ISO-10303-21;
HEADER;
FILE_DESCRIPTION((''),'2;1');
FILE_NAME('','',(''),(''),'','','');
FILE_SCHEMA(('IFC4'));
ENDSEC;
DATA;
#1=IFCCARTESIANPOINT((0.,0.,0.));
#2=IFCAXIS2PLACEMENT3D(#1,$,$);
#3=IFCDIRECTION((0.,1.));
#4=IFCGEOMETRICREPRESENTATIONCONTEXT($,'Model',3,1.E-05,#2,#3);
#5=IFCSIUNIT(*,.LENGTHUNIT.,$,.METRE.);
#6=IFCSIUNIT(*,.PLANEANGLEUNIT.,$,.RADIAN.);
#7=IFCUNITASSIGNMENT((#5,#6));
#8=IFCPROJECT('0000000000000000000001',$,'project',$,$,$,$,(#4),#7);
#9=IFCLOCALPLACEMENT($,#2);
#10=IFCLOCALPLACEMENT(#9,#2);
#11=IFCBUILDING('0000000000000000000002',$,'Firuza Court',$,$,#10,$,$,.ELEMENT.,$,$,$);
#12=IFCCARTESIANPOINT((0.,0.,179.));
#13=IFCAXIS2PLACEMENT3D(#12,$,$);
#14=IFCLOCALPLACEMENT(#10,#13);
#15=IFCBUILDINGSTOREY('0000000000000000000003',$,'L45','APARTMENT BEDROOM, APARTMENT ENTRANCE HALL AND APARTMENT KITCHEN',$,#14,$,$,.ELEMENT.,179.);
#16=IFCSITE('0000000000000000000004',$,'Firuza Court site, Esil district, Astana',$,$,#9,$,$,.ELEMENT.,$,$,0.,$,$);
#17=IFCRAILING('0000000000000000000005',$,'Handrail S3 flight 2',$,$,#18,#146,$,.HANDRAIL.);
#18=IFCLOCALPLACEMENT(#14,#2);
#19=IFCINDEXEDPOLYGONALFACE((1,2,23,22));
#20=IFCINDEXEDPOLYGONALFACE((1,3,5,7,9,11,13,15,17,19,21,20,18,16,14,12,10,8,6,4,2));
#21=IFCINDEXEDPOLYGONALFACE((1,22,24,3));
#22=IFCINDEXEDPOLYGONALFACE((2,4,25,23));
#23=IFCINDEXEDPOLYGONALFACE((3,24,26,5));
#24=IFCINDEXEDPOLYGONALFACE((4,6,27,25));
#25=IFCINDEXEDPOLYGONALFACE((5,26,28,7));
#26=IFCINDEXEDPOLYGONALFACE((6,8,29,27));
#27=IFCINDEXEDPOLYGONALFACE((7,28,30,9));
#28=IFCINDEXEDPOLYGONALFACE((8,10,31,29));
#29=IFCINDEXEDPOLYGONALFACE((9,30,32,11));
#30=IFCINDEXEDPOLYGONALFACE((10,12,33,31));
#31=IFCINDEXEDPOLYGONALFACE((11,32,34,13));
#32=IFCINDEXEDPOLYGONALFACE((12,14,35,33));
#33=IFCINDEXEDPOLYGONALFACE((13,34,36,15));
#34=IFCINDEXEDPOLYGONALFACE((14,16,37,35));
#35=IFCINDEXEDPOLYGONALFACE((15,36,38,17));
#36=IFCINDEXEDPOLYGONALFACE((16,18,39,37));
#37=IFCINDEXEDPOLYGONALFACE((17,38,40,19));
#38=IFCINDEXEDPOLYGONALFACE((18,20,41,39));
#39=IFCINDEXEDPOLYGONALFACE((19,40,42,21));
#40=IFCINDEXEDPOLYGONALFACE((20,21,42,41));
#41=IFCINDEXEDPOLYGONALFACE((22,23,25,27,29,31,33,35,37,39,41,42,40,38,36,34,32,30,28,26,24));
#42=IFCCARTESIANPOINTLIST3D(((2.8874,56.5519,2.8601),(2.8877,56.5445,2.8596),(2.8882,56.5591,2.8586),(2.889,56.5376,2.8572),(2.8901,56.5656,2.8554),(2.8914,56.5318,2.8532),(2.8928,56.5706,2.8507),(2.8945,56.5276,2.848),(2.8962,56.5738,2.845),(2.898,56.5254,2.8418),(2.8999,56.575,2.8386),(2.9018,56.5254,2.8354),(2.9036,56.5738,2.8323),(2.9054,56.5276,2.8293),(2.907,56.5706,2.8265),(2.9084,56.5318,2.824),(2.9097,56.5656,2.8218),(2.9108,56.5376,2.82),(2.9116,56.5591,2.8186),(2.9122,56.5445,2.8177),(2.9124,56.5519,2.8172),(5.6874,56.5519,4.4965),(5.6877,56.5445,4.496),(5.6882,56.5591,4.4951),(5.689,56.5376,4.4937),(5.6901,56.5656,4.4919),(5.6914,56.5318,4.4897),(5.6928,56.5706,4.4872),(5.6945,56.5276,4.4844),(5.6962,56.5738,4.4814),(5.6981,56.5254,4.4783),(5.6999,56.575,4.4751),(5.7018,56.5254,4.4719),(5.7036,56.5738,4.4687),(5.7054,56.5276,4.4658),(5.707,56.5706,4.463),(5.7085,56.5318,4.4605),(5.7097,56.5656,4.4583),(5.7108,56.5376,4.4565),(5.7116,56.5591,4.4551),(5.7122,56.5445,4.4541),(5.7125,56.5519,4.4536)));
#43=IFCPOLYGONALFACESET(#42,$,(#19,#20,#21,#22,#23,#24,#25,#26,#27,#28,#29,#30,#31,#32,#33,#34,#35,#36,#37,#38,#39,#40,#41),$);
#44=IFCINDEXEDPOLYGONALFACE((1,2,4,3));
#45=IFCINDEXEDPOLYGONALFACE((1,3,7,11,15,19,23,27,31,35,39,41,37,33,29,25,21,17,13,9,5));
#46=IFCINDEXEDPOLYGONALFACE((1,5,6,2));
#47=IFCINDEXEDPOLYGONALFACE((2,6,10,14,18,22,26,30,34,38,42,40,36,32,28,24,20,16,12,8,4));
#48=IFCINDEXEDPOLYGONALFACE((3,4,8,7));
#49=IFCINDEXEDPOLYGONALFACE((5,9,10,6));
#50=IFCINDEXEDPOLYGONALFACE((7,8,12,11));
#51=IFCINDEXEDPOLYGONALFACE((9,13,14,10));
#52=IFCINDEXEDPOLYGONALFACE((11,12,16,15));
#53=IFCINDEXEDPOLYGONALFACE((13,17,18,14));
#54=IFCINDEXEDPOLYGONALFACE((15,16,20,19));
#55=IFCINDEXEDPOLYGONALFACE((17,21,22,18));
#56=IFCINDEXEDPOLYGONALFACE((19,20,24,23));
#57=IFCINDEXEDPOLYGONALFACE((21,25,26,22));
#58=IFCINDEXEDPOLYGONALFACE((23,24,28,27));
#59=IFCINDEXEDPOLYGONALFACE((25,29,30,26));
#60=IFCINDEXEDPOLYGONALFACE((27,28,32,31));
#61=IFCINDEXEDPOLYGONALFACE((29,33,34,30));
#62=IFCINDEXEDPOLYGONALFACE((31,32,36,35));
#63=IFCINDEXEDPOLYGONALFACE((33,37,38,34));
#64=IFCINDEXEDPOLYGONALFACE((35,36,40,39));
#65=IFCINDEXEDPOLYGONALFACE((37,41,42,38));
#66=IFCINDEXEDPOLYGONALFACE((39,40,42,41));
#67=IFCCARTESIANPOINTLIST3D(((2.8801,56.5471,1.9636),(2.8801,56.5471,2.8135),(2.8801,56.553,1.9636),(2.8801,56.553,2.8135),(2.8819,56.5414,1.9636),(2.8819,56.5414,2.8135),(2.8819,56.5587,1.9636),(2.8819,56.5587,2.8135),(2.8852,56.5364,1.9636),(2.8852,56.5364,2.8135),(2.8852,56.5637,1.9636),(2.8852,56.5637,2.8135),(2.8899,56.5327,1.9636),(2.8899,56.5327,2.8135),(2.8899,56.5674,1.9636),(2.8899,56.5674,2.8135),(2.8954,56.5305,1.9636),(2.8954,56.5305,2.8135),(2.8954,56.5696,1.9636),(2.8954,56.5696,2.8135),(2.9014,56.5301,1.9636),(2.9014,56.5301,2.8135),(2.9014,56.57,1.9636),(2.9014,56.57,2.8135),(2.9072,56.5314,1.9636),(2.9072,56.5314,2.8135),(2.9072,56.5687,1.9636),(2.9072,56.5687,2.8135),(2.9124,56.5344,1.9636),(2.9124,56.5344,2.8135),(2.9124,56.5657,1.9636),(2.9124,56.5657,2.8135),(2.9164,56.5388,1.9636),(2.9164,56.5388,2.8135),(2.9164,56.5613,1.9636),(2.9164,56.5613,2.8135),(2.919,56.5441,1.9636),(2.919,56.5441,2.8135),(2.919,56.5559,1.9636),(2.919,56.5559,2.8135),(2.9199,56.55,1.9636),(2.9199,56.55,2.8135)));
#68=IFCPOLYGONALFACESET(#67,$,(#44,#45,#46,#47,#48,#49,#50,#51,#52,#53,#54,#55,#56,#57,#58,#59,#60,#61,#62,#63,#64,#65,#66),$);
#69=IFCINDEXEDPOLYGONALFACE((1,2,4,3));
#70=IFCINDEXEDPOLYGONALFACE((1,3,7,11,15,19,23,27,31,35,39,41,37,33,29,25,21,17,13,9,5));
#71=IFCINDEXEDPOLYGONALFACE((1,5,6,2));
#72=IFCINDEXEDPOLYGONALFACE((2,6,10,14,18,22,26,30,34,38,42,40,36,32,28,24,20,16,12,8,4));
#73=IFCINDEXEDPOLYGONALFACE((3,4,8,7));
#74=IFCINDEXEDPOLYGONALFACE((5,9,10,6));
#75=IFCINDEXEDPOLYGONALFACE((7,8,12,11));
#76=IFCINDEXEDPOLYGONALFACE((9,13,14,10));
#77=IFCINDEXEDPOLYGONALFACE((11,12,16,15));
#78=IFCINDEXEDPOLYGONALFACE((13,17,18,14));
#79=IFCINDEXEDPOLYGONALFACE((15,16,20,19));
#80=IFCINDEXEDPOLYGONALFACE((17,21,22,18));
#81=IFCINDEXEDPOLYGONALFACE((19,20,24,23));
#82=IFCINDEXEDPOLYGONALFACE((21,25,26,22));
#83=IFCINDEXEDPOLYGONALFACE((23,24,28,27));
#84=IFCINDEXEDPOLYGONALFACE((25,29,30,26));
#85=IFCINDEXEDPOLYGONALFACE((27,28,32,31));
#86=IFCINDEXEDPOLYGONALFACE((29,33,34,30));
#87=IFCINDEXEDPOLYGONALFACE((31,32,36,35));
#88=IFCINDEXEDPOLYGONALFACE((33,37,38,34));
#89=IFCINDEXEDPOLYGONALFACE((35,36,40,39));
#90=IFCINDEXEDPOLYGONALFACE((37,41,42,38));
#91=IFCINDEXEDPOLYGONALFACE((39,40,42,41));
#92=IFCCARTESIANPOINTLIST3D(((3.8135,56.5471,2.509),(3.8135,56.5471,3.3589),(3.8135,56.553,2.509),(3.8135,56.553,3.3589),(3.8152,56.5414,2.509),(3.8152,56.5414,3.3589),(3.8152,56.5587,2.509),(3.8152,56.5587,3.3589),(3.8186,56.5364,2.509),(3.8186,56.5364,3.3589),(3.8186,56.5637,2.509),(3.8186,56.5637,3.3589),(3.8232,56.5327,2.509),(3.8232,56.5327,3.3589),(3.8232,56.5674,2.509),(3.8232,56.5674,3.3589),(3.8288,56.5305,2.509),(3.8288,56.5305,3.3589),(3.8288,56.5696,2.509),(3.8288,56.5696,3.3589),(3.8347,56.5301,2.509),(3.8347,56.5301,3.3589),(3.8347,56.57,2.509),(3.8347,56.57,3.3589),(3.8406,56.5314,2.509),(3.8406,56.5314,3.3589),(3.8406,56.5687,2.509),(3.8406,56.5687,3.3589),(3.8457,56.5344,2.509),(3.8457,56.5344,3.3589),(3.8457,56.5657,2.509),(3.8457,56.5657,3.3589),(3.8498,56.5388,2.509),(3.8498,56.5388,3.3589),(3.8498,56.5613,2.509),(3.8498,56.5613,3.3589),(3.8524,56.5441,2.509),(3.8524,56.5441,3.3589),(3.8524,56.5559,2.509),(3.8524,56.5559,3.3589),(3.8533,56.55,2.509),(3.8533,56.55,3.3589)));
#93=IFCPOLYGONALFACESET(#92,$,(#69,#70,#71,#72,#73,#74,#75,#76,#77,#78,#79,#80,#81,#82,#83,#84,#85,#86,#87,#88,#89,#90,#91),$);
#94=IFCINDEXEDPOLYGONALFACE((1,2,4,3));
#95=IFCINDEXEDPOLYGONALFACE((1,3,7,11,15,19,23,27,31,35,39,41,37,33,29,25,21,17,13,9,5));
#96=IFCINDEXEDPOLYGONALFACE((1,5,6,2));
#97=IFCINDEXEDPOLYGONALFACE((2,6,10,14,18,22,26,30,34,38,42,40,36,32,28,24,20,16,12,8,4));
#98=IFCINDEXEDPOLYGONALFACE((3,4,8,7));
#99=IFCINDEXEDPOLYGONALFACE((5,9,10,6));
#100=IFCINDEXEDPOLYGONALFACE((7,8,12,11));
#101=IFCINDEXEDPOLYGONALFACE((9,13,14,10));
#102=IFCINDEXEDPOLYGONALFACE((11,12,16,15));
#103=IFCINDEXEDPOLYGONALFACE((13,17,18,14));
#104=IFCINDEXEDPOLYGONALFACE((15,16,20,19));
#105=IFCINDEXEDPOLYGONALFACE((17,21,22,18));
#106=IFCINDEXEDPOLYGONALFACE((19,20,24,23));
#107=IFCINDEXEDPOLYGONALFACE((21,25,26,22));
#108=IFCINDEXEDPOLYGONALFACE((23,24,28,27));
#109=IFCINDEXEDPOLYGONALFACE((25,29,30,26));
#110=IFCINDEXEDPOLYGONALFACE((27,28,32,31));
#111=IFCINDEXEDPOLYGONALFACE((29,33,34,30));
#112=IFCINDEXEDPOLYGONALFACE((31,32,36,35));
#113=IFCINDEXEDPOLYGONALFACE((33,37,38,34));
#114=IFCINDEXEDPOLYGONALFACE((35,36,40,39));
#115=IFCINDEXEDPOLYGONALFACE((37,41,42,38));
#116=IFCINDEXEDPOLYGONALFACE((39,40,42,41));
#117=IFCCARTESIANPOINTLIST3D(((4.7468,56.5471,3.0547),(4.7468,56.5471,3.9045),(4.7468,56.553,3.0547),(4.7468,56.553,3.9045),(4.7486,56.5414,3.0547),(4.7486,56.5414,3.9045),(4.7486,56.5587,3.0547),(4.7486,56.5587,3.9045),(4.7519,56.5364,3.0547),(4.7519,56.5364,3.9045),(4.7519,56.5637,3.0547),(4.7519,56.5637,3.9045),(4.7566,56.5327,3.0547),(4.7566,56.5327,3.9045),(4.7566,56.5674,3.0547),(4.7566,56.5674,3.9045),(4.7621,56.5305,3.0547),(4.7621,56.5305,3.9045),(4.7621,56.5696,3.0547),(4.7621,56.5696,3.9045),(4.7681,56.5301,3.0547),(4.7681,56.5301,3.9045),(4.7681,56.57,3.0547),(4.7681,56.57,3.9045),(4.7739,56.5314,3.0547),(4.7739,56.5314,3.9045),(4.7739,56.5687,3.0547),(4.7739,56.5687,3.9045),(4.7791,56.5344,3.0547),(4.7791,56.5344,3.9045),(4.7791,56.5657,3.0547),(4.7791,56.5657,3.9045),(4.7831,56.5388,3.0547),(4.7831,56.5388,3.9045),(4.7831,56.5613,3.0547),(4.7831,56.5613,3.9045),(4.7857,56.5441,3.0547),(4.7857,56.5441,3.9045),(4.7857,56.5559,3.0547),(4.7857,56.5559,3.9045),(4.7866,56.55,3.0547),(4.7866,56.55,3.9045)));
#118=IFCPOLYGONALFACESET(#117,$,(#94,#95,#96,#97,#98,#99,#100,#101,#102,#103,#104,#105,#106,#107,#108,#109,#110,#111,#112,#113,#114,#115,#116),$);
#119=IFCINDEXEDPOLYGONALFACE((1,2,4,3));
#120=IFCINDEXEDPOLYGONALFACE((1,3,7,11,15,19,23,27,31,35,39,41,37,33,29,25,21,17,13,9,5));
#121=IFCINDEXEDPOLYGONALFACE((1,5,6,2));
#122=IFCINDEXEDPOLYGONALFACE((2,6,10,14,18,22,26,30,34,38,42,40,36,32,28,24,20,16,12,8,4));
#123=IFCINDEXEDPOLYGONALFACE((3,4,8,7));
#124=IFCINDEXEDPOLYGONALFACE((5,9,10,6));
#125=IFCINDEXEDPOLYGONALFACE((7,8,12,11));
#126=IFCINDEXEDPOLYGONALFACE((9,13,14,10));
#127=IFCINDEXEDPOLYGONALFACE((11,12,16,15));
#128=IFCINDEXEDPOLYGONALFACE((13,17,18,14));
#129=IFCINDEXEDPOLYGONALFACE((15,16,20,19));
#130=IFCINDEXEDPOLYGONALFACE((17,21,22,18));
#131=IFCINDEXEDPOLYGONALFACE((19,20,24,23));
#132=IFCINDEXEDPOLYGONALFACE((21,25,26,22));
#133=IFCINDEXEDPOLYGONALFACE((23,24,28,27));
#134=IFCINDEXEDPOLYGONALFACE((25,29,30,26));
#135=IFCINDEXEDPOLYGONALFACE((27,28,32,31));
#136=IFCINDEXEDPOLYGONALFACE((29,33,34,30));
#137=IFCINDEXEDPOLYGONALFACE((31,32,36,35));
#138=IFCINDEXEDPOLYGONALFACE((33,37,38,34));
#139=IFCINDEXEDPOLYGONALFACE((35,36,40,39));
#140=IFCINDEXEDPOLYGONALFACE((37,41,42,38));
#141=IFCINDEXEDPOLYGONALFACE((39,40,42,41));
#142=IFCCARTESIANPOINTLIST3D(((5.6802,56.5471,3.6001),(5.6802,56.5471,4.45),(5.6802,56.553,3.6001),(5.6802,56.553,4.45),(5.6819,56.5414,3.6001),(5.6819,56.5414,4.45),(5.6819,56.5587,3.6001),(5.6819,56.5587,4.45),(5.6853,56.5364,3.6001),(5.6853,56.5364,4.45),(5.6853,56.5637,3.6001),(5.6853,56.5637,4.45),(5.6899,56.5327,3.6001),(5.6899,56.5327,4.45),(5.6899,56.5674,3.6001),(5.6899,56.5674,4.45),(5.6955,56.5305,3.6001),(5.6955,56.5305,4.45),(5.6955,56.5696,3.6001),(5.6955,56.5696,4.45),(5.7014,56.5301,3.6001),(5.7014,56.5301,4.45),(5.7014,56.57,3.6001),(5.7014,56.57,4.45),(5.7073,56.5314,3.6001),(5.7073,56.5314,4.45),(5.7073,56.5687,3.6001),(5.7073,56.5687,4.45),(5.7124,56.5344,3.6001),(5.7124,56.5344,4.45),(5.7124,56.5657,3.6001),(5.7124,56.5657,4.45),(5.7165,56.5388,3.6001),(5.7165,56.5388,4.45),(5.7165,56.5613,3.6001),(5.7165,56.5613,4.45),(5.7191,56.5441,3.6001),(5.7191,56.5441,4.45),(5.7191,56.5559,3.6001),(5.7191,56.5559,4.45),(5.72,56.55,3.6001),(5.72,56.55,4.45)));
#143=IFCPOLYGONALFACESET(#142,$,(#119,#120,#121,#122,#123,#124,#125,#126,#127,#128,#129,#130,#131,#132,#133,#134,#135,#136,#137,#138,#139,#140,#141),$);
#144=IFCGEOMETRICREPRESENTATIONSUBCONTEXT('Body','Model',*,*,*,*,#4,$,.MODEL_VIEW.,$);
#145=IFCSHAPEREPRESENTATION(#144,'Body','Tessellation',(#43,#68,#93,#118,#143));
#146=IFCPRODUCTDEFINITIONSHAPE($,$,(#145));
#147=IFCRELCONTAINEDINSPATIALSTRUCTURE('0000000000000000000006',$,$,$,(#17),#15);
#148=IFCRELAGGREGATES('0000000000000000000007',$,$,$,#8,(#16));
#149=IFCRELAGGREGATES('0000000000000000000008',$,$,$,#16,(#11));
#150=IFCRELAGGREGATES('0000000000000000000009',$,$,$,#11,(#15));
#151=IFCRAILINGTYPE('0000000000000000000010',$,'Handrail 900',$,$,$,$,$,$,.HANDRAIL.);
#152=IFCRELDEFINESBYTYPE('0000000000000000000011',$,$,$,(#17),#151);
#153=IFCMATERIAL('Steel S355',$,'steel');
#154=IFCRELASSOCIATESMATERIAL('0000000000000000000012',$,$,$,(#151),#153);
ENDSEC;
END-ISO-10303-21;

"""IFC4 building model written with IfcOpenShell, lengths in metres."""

from ifc_helpers import new_model, si_unit, direction, frame, origin, origin_2d, place, context, subcontext, project, spatial, circle, extrude, material, type_object, element, save


model = new_model("IFC4")

# Units and contexts
model_context = context("Model", 3, precision=1e-05, world=origin(), true_north=direction((0.0, 1.0)))
body_context = subcontext(model_context, "Body", "Model", "MODEL_VIEW")
ifc_project = project(units=[si_unit("LENGTHUNIT", "METRE"), si_unit("PLANEANGLEUNIT", "RADIAN")], contexts=[model_context])

# Site, building, storey
site_placement = place(None, origin())
site = spatial("IfcSite", under=ifc_project, at=site_placement, Name="Firuza Court site, Esil district, Astana", CompositionType="ELEMENT", RefElevation=0.0)
building_placement = place(site_placement, origin())
building = spatial("IfcBuilding", under=site, at=building_placement, Name="Firuza Court", CompositionType="ELEMENT")
storey_placement = place(building_placement, frame((0.0, 0.0, 179.0)))
storey = spatial("IfcBuildingStorey", under=building, at=storey_placement, Name="L45", Description="APARTMENT BEDROOM, APARTMENT ENTRANCE HALL AND APARTMENT KITCHEN", CompositionType="ELEMENT", Elevation=179.0)

# Railing
ifc_material_1 = material(Name="Steel S355", Category="steel")
railing_type = type_object("IfcRailingType", Name="Handrail 900", PredefinedType="HANDRAIL", material=ifc_material_1)
railing_placement = place(storey_placement, frame((2.8999, 56.55, 1.9636)))
element("IfcRailing", 1, at=railing_placement, inside=storey, type_object=railing_type, Name="Handrail S3 flight 2", PredefinedType="HANDRAIL", context=body_context, shape_type="SweptSolid", body=[
    extrude(circle(Radius=0.0249, at=origin_2d()), frame((0.0, 0.0, 0.875), z_axis=(0.863361, 0.0, 0.504587), x_axis=(0.0, 1.0, 0.0)), (0.0, 0.0, 1.0), 3.2432),
    extrude(circle(Radius=0.02, at=origin_2d()), origin(), (0.0, 0.0, 1.0), 0.8499),
    extrude(circle(Radius=0.02, at=origin_2d()), frame((0.9333, 0.0, 0.5454)), (0.0, 0.0, 1.0), 0.8499),
    extrude(circle(Radius=0.02, at=origin_2d()), frame((1.8667, 0.0, 1.0911)), (0.0, 0.0, 1.0), 0.8499),
    extrude(circle(Radius=0.02, at=origin_2d()), frame((2.8, 0.0, 1.6365)), (0.0, 0.0, 1.0), 0.8499),
])

save(model, "model.ifc")
